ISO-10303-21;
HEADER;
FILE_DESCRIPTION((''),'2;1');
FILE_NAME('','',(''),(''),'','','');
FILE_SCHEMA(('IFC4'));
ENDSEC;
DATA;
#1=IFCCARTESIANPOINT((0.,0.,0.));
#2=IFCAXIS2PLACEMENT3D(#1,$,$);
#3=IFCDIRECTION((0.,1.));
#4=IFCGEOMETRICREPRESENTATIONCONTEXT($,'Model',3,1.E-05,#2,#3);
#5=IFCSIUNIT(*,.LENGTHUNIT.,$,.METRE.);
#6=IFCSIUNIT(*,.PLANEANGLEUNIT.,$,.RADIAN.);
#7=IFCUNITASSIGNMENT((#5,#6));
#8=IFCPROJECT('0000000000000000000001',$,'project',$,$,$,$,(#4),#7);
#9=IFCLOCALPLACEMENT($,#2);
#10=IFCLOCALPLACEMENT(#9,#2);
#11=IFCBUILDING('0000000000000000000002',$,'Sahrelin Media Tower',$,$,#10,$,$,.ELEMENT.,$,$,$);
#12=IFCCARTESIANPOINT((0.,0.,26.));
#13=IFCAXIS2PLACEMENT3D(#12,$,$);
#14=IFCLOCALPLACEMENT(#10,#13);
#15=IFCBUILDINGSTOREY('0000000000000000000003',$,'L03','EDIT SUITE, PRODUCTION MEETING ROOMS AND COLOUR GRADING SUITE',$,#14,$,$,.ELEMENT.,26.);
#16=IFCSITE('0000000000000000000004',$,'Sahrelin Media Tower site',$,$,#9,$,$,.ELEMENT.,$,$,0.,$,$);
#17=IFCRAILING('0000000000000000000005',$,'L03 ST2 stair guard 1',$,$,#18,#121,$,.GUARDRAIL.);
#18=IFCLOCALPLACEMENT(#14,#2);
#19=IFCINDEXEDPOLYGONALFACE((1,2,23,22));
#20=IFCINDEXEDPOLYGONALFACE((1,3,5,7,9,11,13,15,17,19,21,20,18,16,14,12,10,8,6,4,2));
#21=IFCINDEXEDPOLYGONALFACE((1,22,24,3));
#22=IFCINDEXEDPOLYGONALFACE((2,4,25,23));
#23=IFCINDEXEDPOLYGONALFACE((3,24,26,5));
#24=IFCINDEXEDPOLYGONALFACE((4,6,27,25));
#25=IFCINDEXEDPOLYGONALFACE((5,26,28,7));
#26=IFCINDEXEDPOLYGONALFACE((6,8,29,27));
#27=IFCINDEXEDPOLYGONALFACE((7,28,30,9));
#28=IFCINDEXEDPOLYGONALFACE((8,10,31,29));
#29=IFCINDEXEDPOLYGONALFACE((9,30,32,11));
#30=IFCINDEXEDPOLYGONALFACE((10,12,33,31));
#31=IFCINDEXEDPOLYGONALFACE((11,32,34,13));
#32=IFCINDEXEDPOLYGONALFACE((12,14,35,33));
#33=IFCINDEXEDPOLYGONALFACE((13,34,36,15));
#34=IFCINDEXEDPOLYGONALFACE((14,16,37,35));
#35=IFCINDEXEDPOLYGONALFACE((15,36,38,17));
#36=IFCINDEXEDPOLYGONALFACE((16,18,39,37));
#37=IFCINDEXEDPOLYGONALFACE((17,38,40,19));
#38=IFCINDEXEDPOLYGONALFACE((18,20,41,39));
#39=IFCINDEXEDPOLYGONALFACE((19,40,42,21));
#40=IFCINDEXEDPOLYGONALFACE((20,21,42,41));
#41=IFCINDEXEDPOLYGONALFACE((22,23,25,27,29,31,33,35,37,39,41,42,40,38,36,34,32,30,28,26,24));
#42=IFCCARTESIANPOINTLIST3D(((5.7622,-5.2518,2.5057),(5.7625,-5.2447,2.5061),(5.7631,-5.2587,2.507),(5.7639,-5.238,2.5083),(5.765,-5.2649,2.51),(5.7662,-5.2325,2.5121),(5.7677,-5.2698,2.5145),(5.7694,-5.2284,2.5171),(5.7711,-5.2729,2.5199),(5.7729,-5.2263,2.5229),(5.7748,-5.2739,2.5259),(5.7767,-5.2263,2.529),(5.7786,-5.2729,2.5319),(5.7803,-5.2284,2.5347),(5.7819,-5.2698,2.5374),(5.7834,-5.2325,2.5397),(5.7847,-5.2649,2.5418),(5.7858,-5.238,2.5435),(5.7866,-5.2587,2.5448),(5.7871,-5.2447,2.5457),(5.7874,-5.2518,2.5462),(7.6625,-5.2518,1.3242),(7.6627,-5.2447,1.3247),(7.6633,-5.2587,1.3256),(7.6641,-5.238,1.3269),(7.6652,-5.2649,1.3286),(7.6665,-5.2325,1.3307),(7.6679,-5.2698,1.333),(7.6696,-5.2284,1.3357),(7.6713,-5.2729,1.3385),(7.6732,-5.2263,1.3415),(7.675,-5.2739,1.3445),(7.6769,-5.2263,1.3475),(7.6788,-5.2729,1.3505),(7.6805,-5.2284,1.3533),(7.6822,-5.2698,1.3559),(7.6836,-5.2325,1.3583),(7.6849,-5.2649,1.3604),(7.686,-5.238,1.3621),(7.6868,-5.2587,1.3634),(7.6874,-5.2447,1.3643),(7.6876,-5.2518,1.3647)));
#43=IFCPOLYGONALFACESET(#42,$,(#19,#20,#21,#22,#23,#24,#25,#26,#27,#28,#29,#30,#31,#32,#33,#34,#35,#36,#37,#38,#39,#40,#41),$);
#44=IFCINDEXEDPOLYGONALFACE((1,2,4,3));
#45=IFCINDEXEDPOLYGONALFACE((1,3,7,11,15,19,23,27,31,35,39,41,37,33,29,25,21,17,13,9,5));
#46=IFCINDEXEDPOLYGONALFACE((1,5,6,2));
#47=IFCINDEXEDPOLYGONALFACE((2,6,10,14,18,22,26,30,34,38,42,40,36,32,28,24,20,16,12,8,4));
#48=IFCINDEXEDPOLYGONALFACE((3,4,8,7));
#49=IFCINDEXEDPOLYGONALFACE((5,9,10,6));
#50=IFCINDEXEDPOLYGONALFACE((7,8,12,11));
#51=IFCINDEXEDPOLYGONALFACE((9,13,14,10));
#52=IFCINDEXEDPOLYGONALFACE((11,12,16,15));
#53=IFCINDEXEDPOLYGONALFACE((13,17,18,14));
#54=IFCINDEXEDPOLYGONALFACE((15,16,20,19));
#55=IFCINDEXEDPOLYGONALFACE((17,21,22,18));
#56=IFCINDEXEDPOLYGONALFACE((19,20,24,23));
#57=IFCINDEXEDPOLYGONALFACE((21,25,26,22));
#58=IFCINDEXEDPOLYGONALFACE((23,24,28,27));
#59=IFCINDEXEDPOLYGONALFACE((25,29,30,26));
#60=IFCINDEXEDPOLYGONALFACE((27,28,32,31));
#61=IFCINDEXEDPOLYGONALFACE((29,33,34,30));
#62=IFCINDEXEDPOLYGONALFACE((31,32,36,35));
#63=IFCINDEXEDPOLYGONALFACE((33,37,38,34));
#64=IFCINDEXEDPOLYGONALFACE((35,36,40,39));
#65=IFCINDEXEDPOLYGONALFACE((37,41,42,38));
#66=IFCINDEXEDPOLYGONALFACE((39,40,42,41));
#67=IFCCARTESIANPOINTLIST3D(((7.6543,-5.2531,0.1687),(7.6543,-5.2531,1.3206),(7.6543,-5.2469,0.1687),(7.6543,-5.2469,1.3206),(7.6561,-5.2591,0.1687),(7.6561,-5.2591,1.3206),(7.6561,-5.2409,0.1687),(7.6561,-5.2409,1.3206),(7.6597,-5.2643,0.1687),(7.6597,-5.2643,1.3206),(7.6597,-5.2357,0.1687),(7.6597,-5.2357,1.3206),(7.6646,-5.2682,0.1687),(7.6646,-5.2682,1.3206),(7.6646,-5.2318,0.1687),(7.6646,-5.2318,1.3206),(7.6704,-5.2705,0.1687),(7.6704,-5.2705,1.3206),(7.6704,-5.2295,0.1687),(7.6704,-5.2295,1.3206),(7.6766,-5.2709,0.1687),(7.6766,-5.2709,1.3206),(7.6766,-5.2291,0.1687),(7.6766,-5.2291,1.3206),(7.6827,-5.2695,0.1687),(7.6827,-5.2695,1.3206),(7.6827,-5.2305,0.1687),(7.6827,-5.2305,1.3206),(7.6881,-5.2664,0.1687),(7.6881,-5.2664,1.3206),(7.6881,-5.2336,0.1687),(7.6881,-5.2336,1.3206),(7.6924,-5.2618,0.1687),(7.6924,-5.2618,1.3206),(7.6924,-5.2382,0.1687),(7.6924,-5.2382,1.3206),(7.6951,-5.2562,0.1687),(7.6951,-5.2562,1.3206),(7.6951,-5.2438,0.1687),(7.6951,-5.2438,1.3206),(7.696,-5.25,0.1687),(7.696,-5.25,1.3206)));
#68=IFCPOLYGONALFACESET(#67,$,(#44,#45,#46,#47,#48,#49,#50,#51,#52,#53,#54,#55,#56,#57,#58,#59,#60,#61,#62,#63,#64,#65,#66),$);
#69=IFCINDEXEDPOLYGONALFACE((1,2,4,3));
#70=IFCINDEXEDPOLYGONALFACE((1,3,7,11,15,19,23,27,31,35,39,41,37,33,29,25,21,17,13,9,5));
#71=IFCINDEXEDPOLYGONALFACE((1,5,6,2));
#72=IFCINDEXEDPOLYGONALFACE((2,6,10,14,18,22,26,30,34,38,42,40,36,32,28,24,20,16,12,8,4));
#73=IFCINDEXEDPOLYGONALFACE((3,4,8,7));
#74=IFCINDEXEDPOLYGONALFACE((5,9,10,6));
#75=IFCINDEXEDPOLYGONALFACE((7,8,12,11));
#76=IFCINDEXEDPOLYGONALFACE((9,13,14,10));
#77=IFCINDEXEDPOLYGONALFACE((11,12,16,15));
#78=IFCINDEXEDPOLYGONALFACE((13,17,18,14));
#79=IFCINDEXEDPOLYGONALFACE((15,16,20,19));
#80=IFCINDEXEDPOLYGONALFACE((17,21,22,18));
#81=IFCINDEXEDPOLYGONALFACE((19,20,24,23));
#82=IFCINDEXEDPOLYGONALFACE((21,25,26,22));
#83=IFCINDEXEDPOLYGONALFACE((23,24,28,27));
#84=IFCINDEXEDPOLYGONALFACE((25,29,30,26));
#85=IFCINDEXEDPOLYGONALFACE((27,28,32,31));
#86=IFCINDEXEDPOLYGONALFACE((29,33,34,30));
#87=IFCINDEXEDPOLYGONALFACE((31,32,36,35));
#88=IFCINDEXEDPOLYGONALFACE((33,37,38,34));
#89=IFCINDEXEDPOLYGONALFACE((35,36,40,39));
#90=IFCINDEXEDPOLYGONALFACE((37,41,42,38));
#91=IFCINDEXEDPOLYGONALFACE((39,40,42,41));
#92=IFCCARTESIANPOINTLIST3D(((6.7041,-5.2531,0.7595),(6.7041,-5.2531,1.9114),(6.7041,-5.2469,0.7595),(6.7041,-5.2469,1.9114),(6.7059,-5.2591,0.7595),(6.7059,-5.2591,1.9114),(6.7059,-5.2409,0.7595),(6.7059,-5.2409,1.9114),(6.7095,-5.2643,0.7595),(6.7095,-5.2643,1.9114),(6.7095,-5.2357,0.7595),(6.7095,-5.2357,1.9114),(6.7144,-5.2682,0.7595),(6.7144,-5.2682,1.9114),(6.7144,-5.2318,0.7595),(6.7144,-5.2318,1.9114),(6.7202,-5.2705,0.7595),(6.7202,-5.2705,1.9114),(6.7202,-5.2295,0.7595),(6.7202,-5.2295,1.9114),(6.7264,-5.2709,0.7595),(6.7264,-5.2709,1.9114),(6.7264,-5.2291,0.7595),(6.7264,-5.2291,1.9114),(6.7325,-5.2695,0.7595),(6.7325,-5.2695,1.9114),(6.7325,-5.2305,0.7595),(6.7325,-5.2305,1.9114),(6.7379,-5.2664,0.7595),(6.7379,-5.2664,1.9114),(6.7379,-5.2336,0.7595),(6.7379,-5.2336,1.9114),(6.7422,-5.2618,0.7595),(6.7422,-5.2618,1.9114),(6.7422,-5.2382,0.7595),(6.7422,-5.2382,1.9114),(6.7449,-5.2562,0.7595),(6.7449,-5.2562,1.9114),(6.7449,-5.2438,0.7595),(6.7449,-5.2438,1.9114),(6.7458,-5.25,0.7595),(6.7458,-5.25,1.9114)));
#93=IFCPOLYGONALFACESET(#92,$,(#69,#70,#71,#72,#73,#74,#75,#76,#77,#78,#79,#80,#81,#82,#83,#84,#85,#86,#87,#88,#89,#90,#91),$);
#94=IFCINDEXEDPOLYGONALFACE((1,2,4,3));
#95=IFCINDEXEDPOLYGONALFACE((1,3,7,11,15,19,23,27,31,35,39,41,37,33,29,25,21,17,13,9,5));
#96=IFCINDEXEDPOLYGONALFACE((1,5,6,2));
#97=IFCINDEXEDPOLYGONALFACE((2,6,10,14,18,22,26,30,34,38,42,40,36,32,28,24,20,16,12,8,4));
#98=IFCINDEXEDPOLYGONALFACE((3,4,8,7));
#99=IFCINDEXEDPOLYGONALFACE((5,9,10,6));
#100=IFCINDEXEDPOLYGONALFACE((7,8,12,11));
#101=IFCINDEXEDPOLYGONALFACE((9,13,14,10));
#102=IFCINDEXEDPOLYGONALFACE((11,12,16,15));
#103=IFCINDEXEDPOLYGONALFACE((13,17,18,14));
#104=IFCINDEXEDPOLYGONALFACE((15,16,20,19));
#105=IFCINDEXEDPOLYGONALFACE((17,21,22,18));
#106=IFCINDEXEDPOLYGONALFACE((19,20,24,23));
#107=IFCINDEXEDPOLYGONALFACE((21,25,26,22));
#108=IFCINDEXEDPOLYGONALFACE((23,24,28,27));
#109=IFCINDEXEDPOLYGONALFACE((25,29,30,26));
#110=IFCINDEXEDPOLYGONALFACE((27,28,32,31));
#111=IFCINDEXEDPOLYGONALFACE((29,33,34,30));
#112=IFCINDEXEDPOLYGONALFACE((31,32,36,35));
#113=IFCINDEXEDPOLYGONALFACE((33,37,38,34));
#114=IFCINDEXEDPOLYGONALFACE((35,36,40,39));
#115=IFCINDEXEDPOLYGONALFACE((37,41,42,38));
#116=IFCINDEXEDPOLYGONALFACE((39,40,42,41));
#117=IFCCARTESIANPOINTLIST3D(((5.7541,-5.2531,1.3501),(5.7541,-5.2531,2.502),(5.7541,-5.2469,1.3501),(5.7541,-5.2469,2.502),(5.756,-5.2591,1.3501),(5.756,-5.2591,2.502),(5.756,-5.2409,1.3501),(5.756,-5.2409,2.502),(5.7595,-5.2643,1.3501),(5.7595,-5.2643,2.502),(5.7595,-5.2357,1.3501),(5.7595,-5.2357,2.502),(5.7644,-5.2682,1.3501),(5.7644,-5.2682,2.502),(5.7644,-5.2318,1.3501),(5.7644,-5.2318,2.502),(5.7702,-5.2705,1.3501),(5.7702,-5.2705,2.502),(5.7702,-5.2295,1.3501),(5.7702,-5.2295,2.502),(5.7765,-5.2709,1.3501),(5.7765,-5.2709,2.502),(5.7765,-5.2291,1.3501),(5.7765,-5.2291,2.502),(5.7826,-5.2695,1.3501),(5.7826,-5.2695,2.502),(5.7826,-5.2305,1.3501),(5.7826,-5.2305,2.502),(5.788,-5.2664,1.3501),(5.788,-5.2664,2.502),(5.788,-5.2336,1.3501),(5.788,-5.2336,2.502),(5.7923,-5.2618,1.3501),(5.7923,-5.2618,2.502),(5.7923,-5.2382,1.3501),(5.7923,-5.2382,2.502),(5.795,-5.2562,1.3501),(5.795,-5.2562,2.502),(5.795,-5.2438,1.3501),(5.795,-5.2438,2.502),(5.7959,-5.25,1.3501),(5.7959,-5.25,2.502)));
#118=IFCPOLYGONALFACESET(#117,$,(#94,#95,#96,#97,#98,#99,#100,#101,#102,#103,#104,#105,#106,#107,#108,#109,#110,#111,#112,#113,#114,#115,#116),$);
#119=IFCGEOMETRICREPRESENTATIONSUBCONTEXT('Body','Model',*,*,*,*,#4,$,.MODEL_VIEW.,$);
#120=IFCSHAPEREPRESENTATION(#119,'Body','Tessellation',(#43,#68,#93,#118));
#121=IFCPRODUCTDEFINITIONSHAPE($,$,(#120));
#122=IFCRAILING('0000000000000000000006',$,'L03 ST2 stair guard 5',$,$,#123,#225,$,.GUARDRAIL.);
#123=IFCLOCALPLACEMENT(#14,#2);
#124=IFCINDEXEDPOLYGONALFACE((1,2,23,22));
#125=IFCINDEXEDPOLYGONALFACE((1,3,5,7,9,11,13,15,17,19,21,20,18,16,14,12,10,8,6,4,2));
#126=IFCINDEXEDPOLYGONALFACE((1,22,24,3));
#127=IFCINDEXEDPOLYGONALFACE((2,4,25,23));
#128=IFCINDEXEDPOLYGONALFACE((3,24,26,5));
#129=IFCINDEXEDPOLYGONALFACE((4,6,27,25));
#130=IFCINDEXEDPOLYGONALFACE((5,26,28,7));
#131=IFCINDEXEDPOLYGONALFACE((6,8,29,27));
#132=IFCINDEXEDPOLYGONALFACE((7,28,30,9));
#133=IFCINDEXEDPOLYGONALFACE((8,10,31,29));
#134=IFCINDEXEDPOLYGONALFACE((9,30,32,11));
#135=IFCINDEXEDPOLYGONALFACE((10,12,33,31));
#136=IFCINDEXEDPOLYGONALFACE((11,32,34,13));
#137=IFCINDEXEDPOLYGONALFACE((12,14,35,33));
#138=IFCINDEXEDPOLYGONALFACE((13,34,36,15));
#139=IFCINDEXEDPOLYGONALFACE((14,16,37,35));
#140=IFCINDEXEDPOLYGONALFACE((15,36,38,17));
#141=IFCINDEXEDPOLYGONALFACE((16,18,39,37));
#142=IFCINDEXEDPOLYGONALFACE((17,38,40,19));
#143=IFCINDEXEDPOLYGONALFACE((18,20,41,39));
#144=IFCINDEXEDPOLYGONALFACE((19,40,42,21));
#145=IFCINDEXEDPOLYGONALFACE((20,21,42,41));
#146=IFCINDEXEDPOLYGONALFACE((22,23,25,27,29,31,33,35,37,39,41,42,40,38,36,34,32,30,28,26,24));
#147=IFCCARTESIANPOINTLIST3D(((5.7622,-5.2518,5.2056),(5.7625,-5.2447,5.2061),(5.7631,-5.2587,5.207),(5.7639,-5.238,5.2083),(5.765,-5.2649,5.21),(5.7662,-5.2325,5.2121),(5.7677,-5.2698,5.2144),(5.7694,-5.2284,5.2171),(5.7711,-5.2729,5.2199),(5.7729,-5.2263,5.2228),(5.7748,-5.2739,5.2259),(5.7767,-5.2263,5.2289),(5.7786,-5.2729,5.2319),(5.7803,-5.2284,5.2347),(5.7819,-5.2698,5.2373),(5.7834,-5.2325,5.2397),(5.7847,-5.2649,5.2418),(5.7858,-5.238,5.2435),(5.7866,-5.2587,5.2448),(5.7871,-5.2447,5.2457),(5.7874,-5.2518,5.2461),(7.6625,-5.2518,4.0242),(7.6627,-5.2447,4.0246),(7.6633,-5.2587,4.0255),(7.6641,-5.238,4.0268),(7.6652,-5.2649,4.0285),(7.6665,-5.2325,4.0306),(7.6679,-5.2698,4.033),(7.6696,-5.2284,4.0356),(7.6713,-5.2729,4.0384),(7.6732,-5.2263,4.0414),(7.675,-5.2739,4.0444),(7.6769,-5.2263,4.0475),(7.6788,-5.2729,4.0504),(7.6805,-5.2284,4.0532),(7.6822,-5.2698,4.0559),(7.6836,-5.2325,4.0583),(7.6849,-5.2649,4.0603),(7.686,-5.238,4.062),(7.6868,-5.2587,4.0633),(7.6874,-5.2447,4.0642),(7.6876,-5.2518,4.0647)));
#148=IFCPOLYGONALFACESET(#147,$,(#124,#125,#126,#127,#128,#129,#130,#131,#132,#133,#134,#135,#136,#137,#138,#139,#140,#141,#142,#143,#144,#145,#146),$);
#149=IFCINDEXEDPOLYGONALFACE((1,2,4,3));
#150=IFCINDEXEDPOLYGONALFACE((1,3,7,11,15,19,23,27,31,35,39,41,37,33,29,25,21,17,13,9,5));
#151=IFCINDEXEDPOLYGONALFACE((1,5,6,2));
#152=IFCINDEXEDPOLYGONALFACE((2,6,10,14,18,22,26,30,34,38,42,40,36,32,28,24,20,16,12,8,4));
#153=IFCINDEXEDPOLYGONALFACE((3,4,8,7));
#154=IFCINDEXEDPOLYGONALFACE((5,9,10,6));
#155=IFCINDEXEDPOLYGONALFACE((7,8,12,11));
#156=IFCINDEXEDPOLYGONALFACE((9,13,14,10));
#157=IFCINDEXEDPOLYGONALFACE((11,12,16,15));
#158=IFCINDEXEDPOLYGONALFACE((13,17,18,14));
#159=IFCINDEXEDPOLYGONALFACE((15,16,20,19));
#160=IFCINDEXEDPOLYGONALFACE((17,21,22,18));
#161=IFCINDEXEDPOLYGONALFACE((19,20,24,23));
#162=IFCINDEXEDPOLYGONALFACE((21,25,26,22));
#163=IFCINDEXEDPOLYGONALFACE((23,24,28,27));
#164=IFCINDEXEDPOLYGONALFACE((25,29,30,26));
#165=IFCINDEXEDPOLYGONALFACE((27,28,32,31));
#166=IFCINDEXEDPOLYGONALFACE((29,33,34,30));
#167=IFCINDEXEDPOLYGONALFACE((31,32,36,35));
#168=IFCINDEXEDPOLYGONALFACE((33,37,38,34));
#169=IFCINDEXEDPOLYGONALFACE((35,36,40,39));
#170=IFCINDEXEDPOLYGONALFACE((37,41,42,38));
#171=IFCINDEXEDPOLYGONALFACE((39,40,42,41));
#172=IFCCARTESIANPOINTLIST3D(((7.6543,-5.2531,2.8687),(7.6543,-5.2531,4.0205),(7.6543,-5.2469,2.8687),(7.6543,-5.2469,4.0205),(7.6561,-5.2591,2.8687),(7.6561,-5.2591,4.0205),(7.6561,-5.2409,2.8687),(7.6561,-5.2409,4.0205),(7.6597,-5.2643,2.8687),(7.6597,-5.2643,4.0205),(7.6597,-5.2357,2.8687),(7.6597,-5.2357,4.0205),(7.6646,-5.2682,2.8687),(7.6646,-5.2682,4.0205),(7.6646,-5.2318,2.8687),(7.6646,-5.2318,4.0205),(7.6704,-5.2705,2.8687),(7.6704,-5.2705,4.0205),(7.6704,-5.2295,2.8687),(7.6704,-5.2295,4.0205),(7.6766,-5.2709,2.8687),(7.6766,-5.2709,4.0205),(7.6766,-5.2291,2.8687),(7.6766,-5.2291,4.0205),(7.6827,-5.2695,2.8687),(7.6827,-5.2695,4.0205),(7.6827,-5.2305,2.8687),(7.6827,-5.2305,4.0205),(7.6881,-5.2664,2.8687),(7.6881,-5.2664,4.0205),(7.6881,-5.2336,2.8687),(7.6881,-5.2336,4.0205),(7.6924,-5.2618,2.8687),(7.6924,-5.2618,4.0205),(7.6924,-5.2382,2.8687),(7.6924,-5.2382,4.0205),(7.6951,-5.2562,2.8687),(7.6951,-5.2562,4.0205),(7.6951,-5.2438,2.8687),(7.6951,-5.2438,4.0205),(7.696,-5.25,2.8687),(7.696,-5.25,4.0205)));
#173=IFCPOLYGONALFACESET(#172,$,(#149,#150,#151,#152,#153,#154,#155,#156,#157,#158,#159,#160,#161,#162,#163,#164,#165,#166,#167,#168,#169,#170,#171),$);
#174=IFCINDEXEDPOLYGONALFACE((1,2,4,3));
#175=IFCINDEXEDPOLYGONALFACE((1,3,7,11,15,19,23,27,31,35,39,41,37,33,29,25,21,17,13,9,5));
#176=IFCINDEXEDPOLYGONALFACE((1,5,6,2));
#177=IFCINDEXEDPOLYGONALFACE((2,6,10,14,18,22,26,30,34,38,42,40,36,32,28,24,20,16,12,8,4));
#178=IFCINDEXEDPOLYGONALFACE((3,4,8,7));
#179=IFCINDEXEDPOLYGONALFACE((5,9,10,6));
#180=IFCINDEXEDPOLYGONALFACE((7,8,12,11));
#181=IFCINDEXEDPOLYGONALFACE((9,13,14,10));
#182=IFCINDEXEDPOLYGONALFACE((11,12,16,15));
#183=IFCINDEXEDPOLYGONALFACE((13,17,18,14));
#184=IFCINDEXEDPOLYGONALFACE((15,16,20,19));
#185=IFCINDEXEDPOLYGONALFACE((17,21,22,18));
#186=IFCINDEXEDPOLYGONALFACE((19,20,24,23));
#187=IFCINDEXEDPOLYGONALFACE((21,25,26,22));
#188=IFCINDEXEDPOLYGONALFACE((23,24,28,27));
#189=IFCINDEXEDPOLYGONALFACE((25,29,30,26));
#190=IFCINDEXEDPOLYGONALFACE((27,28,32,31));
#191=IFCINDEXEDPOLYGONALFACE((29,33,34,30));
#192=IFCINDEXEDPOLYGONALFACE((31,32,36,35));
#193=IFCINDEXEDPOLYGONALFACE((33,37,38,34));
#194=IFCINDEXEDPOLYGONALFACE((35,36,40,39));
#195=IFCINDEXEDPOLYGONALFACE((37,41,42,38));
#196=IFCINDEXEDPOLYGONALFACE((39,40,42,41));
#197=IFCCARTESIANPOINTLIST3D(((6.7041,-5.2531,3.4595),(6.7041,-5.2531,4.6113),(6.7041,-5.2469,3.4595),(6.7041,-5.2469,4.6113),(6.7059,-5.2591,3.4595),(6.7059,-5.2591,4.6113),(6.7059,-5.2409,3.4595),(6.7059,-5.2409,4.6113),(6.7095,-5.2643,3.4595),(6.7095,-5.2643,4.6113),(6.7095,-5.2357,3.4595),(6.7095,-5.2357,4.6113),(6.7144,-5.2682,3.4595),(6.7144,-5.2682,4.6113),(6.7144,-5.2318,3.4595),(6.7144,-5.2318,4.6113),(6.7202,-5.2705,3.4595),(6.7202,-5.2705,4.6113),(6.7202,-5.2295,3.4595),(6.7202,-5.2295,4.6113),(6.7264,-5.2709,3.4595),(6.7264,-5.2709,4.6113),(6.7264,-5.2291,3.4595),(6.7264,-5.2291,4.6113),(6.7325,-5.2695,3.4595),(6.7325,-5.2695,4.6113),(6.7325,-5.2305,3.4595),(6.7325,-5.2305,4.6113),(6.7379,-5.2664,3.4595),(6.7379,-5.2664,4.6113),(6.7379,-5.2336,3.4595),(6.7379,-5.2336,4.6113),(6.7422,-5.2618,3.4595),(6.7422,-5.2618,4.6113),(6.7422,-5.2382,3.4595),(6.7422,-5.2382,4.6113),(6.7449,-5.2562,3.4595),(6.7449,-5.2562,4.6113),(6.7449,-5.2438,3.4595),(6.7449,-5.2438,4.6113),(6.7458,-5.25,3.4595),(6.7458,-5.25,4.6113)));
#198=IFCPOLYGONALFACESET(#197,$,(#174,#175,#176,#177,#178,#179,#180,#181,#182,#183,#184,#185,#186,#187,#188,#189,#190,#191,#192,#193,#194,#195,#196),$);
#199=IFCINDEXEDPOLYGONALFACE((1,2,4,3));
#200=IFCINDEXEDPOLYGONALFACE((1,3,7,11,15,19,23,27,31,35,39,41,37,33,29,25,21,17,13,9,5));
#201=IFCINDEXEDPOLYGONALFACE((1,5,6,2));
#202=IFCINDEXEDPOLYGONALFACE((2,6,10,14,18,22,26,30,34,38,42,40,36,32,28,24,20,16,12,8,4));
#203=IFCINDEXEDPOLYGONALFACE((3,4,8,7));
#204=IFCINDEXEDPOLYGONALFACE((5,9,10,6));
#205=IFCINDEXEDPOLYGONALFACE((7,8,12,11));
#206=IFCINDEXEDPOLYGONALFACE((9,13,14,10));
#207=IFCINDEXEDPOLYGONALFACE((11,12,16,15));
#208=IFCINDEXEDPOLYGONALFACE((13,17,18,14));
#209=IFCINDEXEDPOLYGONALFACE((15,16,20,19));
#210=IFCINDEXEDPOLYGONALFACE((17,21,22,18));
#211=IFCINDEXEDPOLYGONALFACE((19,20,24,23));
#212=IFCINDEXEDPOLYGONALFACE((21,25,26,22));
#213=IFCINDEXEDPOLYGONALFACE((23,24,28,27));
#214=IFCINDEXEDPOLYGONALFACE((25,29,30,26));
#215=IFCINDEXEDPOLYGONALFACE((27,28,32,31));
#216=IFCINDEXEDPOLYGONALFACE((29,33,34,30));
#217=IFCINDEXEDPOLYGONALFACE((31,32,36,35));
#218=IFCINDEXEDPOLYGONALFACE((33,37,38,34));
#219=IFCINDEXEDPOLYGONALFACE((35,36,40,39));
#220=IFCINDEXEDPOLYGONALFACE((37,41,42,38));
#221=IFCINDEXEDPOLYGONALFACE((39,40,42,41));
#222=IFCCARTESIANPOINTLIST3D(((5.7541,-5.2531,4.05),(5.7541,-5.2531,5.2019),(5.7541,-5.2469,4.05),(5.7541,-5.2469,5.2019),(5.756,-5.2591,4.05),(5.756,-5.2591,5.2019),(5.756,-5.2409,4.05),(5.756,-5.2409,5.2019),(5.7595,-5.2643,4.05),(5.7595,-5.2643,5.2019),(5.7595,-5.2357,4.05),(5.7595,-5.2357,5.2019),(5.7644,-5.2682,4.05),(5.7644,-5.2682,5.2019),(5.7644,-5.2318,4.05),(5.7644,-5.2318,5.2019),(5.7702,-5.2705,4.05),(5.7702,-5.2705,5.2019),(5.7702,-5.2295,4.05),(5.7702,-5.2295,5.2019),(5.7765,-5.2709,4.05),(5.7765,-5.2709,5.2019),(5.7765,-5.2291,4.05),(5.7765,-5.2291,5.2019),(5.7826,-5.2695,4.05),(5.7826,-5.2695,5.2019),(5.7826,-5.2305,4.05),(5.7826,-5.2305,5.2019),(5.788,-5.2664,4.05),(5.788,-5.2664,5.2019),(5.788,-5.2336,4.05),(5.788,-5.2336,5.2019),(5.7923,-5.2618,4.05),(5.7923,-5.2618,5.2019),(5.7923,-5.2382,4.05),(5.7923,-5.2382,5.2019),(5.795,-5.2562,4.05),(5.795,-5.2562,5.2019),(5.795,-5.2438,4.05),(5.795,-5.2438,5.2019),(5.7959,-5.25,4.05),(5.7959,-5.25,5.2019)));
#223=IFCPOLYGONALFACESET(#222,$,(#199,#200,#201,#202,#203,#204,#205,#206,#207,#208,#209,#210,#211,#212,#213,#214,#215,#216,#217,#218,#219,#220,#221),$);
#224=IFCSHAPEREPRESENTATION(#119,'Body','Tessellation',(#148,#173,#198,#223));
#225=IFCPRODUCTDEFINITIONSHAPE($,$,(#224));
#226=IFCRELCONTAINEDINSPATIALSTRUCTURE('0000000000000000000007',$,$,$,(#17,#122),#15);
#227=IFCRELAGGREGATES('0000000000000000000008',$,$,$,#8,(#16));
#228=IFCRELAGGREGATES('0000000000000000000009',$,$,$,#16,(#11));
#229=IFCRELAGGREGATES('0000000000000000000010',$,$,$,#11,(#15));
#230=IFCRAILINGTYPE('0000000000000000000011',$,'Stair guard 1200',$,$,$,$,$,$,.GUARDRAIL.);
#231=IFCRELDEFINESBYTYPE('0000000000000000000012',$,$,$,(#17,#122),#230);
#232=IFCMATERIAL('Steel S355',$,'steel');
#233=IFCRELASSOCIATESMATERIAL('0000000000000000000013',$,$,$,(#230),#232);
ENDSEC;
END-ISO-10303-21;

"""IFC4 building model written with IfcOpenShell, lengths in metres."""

from ifc_helpers import new_model, si_unit, direction, frame, origin, origin_2d, place, context, subcontext, project, spatial, circle, extrude, material, type_object, element, save


model = new_model("IFC4")

# Units and contexts
model_context = context("Model", 3, precision=1e-05, world=origin(), true_north=direction((0.0, 1.0)))
body_context = subcontext(model_context, "Body", "Model", "MODEL_VIEW")
ifc_project = project(units=[si_unit("LENGTHUNIT", "METRE"), si_unit("PLANEANGLEUNIT", "RADIAN")], contexts=[model_context])

# Site, building, storey
site_placement = place(None, origin())
site = spatial("IfcSite", under=ifc_project, at=site_placement, Name="Sahrelin Media Tower site", CompositionType="ELEMENT", RefElevation=0.0)
building_placement = place(site_placement, origin())
building = spatial("IfcBuilding", under=site, at=building_placement, Name="Sahrelin Media Tower", CompositionType="ELEMENT")
storey_placement = place(building_placement, frame((0.0, 0.0, 26.0)))
storey = spatial("IfcBuildingStorey", under=building, at=storey_placement, Name="L03", Description="EDIT SUITE, PRODUCTION MEETING ROOMS AND COLOUR GRADING SUITE", CompositionType="ELEMENT", Elevation=26.0)

# Shared definitions
ifc_material_1 = material(Name="Steel S355", Category="steel")

# Railings
railing_type_1 = type_object("IfcRailingType", Name="Stair guard 1200", PredefinedType="GUARDRAIL", material=ifc_material_1)
for number, where, name in (
    (1, (7.675, -5.25, 0.1687), "L03 ST2 stair guard 1"),
    (2, (7.675, -5.25, 2.8687), "L03 ST2 stair guard 5"),
):
    element("IfcRailing", number, at=place(storey_placement, frame(where)), inside=storey, type_object=railing_type_1, Name=name, PredefinedType="GUARDRAIL", context=body_context, shape_type="SweptSolid", body=[
        extrude(circle(Radius=0.0239, at=origin_2d()), frame((0.0, 0.0, 1.1758), z_axis=(-0.84924, 0.0, 0.528006), x_axis=(0.0, -1.0, 0.0)), (0.0, 0.0, 1.0), 2.2375),
        extrude(circle(Radius=0.021, at=origin_2d()), origin(), (0.0, 0.0, 1.0), 1.1519),
        extrude(circle(Radius=0.021, at=origin_2d()), frame((-0.9502, 0.0, 0.5908)), (0.0, 0.0, 1.0), 1.1519),
        extrude(circle(Radius=0.021, at=origin_2d()), frame((-1.9001, 0.0, 1.1814)), (0.0, 0.0, 1.0), 1.1519),
    ])

save(model, "model.ifc")
